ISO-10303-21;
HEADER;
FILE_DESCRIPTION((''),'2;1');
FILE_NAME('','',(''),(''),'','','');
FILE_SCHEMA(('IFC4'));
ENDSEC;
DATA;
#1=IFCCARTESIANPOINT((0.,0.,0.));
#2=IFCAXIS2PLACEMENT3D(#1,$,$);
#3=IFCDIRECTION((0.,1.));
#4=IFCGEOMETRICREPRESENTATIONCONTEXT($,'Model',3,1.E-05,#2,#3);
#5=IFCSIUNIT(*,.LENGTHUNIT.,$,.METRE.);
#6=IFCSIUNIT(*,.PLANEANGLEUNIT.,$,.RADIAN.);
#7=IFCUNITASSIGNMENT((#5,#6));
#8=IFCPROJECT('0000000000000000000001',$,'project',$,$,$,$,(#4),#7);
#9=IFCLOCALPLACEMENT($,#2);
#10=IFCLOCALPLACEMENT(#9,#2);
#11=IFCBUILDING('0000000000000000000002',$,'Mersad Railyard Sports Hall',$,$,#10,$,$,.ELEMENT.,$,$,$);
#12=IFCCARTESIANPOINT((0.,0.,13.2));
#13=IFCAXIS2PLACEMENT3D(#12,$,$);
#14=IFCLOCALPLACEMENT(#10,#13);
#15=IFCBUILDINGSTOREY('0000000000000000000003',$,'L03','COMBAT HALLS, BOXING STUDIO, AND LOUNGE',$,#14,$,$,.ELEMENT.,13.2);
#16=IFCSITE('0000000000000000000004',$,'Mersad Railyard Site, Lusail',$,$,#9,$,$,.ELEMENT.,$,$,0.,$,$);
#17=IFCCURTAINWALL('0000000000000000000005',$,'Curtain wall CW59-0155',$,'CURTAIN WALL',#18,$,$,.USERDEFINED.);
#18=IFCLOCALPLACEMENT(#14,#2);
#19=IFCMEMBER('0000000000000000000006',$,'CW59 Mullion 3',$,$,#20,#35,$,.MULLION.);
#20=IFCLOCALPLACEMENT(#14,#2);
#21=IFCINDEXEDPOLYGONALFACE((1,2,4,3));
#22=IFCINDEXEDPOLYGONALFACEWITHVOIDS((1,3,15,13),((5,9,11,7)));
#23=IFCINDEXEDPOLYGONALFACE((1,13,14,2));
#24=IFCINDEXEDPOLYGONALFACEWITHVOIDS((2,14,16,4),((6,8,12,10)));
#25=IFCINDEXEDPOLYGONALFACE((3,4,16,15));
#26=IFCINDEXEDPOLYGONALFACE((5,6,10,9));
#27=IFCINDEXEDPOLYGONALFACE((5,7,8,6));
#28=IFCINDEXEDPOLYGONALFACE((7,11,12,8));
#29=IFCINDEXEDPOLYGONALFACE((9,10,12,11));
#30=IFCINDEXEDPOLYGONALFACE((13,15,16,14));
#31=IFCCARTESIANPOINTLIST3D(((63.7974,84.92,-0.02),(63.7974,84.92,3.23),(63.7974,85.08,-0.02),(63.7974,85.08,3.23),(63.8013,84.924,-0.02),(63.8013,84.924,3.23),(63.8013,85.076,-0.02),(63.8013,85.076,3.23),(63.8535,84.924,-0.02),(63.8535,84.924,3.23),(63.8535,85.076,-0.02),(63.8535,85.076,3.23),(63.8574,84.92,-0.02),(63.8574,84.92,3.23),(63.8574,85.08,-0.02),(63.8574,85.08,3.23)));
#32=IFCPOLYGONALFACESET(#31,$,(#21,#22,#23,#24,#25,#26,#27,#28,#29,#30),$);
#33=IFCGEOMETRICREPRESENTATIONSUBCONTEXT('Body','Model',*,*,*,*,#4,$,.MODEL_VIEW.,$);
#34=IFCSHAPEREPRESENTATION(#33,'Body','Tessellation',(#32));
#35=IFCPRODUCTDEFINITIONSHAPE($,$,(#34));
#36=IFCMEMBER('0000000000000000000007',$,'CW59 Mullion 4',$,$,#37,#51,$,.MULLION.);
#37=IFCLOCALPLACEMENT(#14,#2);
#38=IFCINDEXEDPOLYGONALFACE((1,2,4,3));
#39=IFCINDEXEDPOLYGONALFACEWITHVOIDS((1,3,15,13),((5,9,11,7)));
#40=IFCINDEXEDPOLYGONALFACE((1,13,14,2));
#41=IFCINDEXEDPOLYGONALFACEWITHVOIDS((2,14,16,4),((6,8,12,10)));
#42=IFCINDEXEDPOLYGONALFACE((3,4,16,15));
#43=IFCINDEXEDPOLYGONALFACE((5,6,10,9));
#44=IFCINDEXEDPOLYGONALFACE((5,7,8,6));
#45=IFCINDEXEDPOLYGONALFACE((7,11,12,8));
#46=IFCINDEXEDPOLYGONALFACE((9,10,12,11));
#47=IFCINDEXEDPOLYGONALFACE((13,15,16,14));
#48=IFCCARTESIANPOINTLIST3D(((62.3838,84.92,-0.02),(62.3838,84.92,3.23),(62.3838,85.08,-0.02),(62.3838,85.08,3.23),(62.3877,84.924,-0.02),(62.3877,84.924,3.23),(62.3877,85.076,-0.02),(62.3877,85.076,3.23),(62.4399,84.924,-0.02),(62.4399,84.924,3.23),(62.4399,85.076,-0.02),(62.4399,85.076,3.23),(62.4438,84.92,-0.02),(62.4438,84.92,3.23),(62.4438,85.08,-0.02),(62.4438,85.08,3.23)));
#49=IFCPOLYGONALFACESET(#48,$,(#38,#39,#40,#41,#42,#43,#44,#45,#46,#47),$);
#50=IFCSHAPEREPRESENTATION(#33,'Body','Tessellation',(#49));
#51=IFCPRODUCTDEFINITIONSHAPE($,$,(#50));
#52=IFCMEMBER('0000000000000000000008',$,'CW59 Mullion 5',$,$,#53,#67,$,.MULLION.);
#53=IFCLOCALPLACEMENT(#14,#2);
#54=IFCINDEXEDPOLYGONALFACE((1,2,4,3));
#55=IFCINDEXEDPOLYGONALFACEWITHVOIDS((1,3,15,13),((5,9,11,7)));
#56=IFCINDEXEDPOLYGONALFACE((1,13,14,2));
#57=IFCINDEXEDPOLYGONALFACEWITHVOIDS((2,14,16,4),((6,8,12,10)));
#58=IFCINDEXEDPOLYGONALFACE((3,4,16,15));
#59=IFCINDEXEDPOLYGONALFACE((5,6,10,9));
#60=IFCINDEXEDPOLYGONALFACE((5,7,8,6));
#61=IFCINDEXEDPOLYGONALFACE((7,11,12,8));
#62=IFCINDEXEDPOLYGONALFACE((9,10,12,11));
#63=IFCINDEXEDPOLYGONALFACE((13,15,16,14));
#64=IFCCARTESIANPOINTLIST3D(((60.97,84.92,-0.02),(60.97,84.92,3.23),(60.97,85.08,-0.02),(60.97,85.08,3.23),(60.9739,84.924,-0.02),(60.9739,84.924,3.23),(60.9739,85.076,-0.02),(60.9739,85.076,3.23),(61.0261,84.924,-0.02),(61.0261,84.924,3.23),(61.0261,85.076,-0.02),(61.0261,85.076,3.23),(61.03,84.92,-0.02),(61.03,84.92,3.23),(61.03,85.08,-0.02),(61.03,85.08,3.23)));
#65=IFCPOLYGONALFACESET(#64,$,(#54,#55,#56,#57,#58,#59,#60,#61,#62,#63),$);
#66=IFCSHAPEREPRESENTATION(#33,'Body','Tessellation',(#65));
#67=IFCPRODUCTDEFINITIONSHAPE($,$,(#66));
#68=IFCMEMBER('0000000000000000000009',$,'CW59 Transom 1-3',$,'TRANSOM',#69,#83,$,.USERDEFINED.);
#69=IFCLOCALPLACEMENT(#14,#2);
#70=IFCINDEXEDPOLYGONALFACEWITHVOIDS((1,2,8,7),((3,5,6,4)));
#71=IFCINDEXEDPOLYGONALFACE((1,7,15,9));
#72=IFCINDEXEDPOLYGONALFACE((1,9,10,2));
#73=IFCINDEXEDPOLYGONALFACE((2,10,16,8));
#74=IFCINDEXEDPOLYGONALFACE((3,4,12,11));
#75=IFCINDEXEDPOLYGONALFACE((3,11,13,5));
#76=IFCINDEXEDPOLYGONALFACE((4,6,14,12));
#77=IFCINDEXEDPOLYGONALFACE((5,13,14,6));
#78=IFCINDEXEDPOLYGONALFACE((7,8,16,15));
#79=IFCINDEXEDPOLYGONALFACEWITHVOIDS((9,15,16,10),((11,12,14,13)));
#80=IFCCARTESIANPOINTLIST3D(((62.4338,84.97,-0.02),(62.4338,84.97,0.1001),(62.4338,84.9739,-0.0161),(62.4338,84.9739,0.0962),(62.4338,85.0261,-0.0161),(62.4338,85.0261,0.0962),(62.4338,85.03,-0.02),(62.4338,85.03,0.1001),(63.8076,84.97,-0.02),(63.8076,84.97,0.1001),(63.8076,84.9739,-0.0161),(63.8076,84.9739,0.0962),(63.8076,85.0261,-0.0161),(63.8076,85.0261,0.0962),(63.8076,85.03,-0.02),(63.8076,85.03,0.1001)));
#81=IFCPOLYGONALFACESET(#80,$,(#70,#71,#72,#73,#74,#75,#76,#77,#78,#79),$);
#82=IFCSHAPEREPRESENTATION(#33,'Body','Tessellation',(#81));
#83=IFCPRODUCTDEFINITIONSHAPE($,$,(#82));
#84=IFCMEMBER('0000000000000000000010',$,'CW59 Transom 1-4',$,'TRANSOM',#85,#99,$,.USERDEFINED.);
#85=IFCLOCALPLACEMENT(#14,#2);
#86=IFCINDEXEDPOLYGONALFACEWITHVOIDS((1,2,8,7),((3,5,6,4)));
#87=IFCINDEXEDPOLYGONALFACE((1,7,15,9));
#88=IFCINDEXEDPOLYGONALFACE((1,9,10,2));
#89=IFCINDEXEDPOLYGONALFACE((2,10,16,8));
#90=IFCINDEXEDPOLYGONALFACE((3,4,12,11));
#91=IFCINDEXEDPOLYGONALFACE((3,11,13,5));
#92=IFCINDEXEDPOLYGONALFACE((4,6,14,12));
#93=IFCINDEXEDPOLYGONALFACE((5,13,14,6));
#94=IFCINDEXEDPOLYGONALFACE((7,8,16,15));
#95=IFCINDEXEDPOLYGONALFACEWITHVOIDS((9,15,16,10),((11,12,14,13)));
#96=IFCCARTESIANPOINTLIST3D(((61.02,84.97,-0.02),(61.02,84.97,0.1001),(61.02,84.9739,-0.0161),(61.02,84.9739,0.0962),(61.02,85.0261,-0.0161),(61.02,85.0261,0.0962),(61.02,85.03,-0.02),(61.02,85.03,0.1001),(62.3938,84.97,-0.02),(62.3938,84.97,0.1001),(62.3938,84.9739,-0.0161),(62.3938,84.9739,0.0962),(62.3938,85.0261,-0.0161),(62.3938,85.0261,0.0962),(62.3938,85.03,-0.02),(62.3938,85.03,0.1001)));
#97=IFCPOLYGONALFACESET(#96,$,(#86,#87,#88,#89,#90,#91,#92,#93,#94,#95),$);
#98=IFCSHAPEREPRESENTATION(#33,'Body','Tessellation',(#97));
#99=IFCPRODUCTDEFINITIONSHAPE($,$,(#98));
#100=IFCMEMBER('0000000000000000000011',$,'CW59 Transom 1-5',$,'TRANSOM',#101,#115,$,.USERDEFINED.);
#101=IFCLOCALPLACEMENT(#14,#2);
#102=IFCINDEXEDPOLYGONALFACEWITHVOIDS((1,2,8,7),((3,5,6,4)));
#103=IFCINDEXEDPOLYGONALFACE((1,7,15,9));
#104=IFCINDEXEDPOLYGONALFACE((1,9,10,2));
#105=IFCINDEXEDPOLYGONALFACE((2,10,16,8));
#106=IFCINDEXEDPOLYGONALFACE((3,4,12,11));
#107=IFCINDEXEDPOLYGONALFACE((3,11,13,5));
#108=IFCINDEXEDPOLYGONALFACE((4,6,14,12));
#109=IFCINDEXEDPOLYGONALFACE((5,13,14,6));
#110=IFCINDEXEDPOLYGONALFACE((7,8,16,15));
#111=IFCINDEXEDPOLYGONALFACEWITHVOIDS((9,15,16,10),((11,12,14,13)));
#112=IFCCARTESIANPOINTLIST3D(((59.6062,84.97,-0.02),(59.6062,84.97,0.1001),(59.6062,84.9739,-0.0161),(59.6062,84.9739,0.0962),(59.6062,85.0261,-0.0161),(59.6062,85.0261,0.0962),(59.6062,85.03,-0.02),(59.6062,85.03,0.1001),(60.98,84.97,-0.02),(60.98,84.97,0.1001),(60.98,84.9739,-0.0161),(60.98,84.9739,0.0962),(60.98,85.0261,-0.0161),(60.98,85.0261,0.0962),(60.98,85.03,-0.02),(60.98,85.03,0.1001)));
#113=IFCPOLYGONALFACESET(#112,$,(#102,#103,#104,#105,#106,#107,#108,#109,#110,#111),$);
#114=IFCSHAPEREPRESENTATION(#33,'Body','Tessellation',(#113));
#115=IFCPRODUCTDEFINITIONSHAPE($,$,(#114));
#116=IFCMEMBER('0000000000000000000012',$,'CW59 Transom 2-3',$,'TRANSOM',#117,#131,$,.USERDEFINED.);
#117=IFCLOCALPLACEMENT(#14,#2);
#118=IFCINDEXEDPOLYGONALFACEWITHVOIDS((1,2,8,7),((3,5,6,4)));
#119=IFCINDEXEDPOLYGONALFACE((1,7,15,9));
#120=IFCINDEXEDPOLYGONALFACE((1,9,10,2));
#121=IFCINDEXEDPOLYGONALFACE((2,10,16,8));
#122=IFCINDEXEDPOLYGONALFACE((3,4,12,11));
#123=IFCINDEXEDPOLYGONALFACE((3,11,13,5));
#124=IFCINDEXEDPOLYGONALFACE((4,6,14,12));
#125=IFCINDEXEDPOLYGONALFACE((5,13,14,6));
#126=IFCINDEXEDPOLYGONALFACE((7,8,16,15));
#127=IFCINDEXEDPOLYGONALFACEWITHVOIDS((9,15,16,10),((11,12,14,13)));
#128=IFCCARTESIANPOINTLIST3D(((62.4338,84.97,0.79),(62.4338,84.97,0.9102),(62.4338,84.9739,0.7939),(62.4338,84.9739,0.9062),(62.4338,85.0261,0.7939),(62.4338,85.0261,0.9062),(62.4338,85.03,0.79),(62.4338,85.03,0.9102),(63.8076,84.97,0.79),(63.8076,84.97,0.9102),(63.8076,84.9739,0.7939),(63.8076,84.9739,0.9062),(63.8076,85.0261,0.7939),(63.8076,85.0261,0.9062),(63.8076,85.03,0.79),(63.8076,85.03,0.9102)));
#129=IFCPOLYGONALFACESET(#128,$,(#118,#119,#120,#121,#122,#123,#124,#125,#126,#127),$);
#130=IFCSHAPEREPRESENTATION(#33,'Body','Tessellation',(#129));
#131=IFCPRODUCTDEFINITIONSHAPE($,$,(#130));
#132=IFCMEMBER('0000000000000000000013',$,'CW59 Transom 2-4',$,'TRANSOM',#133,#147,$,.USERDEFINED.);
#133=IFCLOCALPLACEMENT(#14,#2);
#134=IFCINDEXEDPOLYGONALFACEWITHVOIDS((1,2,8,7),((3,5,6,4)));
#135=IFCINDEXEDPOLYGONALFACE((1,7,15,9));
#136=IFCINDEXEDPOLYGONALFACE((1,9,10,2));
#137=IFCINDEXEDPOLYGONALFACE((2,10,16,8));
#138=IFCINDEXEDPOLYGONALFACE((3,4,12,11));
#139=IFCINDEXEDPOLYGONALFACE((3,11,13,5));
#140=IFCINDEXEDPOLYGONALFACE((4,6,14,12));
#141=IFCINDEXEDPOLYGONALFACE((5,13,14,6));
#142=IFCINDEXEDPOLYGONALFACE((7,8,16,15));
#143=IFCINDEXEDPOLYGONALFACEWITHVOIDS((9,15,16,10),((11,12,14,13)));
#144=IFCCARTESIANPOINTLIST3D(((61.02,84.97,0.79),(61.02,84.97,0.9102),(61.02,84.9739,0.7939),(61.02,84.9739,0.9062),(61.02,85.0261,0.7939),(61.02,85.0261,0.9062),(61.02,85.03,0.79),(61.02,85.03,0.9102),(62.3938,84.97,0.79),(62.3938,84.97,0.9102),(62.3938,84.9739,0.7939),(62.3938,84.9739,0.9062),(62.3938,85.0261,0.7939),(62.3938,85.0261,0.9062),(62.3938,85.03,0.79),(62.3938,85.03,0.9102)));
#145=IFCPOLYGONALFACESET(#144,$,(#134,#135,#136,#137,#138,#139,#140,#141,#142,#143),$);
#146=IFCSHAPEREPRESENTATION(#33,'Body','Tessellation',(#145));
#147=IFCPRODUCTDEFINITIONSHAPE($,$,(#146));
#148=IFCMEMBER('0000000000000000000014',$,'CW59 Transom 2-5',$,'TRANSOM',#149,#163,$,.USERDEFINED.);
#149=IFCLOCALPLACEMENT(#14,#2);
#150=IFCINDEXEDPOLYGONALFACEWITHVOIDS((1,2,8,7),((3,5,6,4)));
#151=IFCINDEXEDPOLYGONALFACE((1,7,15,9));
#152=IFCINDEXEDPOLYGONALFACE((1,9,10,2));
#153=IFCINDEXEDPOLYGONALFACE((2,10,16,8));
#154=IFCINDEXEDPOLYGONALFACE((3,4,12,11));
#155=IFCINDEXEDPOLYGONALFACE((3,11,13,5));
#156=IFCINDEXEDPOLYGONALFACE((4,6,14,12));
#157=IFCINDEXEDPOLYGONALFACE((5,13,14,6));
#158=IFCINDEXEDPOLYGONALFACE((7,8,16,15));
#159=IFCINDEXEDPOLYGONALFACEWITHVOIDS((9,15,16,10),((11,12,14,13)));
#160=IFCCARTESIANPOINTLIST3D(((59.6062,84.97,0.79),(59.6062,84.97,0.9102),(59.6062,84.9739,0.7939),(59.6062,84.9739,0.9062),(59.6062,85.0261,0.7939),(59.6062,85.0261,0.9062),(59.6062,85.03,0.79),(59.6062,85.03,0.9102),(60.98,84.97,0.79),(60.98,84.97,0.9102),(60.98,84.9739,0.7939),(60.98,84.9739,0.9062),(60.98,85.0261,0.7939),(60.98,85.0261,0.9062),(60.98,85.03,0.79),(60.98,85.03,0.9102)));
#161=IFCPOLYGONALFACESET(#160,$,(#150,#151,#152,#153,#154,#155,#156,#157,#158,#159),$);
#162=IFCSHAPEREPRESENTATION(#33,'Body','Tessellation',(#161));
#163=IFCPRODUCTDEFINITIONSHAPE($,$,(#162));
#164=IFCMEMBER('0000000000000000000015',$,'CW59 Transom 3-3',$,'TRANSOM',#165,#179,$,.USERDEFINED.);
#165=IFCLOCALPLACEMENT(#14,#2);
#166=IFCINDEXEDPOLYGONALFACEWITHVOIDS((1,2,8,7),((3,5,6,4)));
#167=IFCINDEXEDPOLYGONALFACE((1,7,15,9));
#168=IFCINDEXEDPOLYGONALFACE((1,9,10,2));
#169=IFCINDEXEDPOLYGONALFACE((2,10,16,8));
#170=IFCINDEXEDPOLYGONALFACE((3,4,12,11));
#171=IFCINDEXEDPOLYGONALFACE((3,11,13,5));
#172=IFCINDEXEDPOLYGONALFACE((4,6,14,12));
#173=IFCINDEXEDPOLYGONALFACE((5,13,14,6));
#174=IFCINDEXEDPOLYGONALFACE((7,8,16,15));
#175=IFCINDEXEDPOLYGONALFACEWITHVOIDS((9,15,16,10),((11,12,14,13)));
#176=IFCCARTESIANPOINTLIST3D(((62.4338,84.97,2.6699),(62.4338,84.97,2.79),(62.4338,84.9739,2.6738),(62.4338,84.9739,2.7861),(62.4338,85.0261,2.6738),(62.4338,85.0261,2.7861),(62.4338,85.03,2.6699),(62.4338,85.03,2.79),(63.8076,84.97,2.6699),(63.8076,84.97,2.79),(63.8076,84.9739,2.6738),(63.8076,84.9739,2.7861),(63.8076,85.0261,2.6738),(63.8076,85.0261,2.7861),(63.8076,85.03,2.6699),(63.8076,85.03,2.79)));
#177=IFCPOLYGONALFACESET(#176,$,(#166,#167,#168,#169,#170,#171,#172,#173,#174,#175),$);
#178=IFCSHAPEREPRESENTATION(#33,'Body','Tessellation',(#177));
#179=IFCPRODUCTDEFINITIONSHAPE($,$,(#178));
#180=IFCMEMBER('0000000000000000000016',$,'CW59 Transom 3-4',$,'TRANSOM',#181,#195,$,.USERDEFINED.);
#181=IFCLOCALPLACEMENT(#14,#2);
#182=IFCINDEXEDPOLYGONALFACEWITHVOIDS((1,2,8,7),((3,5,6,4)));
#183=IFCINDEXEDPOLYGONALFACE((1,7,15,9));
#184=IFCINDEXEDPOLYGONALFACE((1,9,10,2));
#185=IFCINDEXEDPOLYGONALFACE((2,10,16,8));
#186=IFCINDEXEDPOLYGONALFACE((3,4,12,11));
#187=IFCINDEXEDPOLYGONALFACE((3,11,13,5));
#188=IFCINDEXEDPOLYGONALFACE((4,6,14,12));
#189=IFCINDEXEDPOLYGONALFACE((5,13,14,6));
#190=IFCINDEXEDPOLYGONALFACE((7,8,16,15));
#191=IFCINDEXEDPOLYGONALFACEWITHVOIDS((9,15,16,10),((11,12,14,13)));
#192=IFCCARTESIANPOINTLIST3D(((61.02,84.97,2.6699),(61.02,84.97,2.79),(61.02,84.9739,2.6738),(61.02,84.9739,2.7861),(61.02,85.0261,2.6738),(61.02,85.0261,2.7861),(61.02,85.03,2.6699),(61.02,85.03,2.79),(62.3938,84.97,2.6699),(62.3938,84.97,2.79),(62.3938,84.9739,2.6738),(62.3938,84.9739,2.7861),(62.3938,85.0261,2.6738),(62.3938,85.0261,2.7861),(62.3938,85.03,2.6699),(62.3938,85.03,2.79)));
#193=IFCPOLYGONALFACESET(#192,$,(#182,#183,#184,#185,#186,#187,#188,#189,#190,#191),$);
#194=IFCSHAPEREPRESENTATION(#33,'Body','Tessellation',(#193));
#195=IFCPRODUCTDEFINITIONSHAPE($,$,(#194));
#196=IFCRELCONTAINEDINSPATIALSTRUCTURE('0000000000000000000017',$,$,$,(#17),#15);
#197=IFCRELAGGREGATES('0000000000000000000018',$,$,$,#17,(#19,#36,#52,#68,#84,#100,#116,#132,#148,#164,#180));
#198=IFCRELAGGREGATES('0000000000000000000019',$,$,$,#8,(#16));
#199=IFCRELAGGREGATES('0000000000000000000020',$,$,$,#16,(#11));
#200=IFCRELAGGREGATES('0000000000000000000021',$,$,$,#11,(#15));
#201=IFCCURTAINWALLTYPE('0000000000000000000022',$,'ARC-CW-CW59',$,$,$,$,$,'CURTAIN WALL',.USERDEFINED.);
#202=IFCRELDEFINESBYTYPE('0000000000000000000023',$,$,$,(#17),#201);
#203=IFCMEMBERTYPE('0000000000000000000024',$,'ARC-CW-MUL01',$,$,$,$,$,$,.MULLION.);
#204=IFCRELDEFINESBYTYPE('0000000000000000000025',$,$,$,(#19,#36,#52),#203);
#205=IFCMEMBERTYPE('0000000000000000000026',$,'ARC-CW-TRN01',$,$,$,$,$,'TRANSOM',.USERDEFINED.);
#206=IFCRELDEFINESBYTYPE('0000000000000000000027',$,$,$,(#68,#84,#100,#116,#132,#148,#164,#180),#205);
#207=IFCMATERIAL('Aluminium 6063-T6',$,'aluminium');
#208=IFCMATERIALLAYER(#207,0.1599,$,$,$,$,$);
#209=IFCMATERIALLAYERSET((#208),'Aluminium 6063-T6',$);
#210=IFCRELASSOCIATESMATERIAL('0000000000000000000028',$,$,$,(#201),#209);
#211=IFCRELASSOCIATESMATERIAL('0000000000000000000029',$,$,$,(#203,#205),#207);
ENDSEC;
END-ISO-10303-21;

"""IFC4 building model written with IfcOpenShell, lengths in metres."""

from ifc_helpers import new_model, si_unit, direction, frame, origin, origin_2d, place, context, subcontext, project, spatial, hollow_rectangle, extrude, material, layer, layer_set, material_profile, profile_set, type_object, element, aggregate, save


model = new_model("IFC4")

# Units and contexts
model_context = context("Model", 3, precision=1e-05, world=origin(), true_north=direction((0.0, 1.0)))
body_context = subcontext(model_context, "Body", "Model", "MODEL_VIEW")
ifc_project = project(units=[si_unit("LENGTHUNIT", "METRE"), si_unit("PLANEANGLEUNIT", "RADIAN")], contexts=[model_context])

# Site, building, storey
site_placement = place(None, origin())
site = spatial("IfcSite", under=ifc_project, at=site_placement, Name="Mersad Railyard Site, Lusail", CompositionType="ELEMENT", RefElevation=0.0)
building_placement = place(site_placement, origin())
building = spatial("IfcBuilding", under=site, at=building_placement, Name="Mersad Railyard Sports Hall", CompositionType="ELEMENT")
storey_placement = place(building_placement, frame((0.0, 0.0, 13.2)))
storey = spatial("IfcBuildingStorey", under=building, at=storey_placement, Name="L03", Description="COMBAT HALLS, BOXING STUDIO, AND LOUNGE", CompositionType="ELEMENT", Elevation=13.2)

# Curtain wall, members
ifc_material_1 = material(Name="Aluminium 6063-T6", Category="aluminium")
ifc_layer_1 = layer(ifc_material_1, 0.1599)
ifc_layer_set_1 = layer_set([ifc_layer_1], Name="Aluminium 6063-T6")
curtain_wall_type = type_object("IfcCurtainWallType", Name="ARC-CW-CW59", ElementType="CURTAIN WALL", PredefinedType="USERDEFINED", material=ifc_layer_set_1)
curtain_wall_placement = place(storey_placement, origin())
curtain_wall = element("IfcCurtainWall", 1, at=curtain_wall_placement, inside=storey, type_object=curtain_wall_type, Name="Curtain wall CW59-0155", ObjectType="CURTAIN WALL", PredefinedType="USERDEFINED")
ifc_material_profile_1 = material_profile(ifc_material_1, hollow_rectangle(XDim=0.0601, YDim=0.1599, WallThickness=0.0039, at=origin_2d()), Name="AL MULLION 60x160x4")
ifc_profile_set_1 = profile_set([ifc_material_profile_1], Name="Aluminium 6063-T6")
member_type_1 = type_object("IfcMemberType", Name="ARC-CW-MUL01", PredefinedType="MULLION", material=ifc_profile_set_1)
member_1_placement = place(storey_placement, frame((63.8274, 85.0, -0.02), z_axis=(0.0, 0.0, 1.0), x_axis=(1.0, 0.0, 0.0)))
member_1 = element("IfcMember", 2, at=member_1_placement, type_object=member_type_1, Name="CW59 Mullion 3", PredefinedType="MULLION", context=body_context, shape_type="SweptSolid", body=[
    extrude(hollow_rectangle(XDim=0.0601, YDim=0.1599, WallThickness=0.0039, at=origin_2d()), origin(), (0.0, 0.0, 1.0), 3.25),
])
member_2_placement = place(storey_placement, frame((62.4138, 85.0, -0.02), z_axis=(0.0, 0.0, 1.0), x_axis=(1.0, 0.0, 0.0)))
member_2 = element("IfcMember", 3, at=member_2_placement, type_object=member_type_1, Name="CW59 Mullion 4", PredefinedType="MULLION", context=body_context, shape_type="SweptSolid", body=[
    extrude(hollow_rectangle(XDim=0.0601, YDim=0.1599, WallThickness=0.0039, at=origin_2d()), origin(), (0.0, 0.0, 1.0), 3.25),
])
member_3_placement = place(storey_placement, frame((61.0, 85.0, -0.02), z_axis=(0.0, 0.0, 1.0), x_axis=(1.0, 0.0, 0.0)))
member_3 = element("IfcMember", 4, at=member_3_placement, type_object=member_type_1, Name="CW59 Mullion 5", PredefinedType="MULLION", context=body_context, shape_type="SweptSolid", body=[
    extrude(hollow_rectangle(XDim=0.0601, YDim=0.1599, WallThickness=0.0039, at=origin_2d()), origin(), (0.0, 0.0, 1.0), 3.25),
])
ifc_material_profile_2 = material_profile(ifc_material_1, hollow_rectangle(XDim=0.0601, YDim=0.1201, WallThickness=0.0039, at=origin_2d()), Name="AL TRANSOM 60x120x4")
ifc_profile_set_2 = profile_set([ifc_material_profile_2], Name="Aluminium 6063-T6")
member_type_2 = type_object("IfcMemberType", Name="ARC-CW-TRN01", ElementType="TRANSOM", PredefinedType="USERDEFINED", material=ifc_profile_set_2)
member_4_placement = place(storey_placement, frame((63.8076, 85.0, 0.04), z_axis=(-1.0, 0.0, 0.0), x_axis=(0.0, -1.0, 0.0)))
member_4 = element("IfcMember", 5, at=member_4_placement, type_object=member_type_2, Name="CW59 Transom 1-3", ObjectType="TRANSOM", PredefinedType="USERDEFINED", context=body_context, shape_type="SweptSolid", body=[
    extrude(hollow_rectangle(XDim=0.0601, YDim=0.1201, WallThickness=0.0039, at=origin_2d()), origin(), (0.0, 0.0, 1.0), 1.3738),
])
member_5_placement = place(storey_placement, frame((62.3938, 85.0, 0.04), z_axis=(-1.0, 0.0, 0.0), x_axis=(0.0, -1.0, 0.0)))
member_5 = element("IfcMember", 6, at=member_5_placement, type_object=member_type_2, Name="CW59 Transom 1-4", ObjectType="TRANSOM", PredefinedType="USERDEFINED", context=body_context, shape_type="SweptSolid", body=[
    extrude(hollow_rectangle(XDim=0.0601, YDim=0.1201, WallThickness=0.0039, at=origin_2d()), origin(), (0.0, 0.0, 1.0), 1.3738),
])
member_6_placement = place(storey_placement, frame((60.98, 85.0, 0.04), z_axis=(-1.0, 0.0, 0.0), x_axis=(0.0, -1.0, 0.0)))
member_6 = element("IfcMember", 7, at=member_6_placement, type_object=member_type_2, Name="CW59 Transom 1-5", ObjectType="TRANSOM", PredefinedType="USERDEFINED", context=body_context, shape_type="SweptSolid", body=[
    extrude(hollow_rectangle(XDim=0.0601, YDim=0.1201, WallThickness=0.0039, at=origin_2d()), origin(), (0.0, 0.0, 1.0), 1.3738),
])
member_7_placement = place(storey_placement, frame((63.8076, 85.0, 0.8501), z_axis=(-1.0, 0.0, 0.0), x_axis=(0.0, -1.0, 0.0)))
member_7 = element("IfcMember", 8, at=member_7_placement, type_object=member_type_2, Name="CW59 Transom 2-3", ObjectType="TRANSOM", PredefinedType="USERDEFINED", context=body_context, shape_type="SweptSolid", body=[
    extrude(hollow_rectangle(XDim=0.0601, YDim=0.1201, WallThickness=0.0039, at=origin_2d()), origin(), (0.0, 0.0, 1.0), 1.3738),
])
member_8_placement = place(storey_placement, frame((62.3938, 85.0, 0.8501), z_axis=(-1.0, 0.0, 0.0), x_axis=(0.0, -1.0, 0.0)))
member_8 = element("IfcMember", 9, at=member_8_placement, type_object=member_type_2, Name="CW59 Transom 2-4", ObjectType="TRANSOM", PredefinedType="USERDEFINED", context=body_context, shape_type="SweptSolid", body=[
    extrude(hollow_rectangle(XDim=0.0601, YDim=0.1201, WallThickness=0.0039, at=origin_2d()), origin(), (0.0, 0.0, 1.0), 1.3738),
])
member_9_placement = place(storey_placement, frame((60.98, 85.0, 0.8501), z_axis=(-1.0, 0.0, 0.0), x_axis=(0.0, -1.0, 0.0)))
member_9 = element("IfcMember", 10, at=member_9_placement, type_object=member_type_2, Name="CW59 Transom 2-5", ObjectType="TRANSOM", PredefinedType="USERDEFINED", context=body_context, shape_type="SweptSolid", body=[
    extrude(hollow_rectangle(XDim=0.0601, YDim=0.1201, WallThickness=0.0039, at=origin_2d()), origin(), (0.0, 0.0, 1.0), 1.3738),
])
member_10_placement = place(storey_placement, frame((63.8076, 85.0, 2.73), z_axis=(-1.0, 0.0, 0.0), x_axis=(0.0, -1.0, 0.0)))
member_10 = element("IfcMember", 11, at=member_10_placement, type_object=member_type_2, Name="CW59 Transom 3-3", ObjectType="TRANSOM", PredefinedType="USERDEFINED", context=body_context, shape_type="SweptSolid", body=[
    extrude(hollow_rectangle(XDim=0.0601, YDim=0.1201, WallThickness=0.0039, at=origin_2d()), origin(), (0.0, 0.0, 1.0), 1.3738),
])
member_11_placement = place(storey_placement, frame((62.3938, 85.0, 2.73), z_axis=(-1.0, 0.0, 0.0), x_axis=(0.0, -1.0, 0.0)))
member_11 = element("IfcMember", 12, at=member_11_placement, type_object=member_type_2, Name="CW59 Transom 3-4", ObjectType="TRANSOM", PredefinedType="USERDEFINED", context=body_context, shape_type="SweptSolid", body=[
    extrude(hollow_rectangle(XDim=0.0601, YDim=0.1201, WallThickness=0.0039, at=origin_2d()), origin(), (0.0, 0.0, 1.0), 1.3738),
])
aggregate(curtain_wall, [member_1, member_2, member_3, member_4, member_5, member_6, member_7, member_8, member_9, member_10, member_11])

save(model, "model.ifc")
